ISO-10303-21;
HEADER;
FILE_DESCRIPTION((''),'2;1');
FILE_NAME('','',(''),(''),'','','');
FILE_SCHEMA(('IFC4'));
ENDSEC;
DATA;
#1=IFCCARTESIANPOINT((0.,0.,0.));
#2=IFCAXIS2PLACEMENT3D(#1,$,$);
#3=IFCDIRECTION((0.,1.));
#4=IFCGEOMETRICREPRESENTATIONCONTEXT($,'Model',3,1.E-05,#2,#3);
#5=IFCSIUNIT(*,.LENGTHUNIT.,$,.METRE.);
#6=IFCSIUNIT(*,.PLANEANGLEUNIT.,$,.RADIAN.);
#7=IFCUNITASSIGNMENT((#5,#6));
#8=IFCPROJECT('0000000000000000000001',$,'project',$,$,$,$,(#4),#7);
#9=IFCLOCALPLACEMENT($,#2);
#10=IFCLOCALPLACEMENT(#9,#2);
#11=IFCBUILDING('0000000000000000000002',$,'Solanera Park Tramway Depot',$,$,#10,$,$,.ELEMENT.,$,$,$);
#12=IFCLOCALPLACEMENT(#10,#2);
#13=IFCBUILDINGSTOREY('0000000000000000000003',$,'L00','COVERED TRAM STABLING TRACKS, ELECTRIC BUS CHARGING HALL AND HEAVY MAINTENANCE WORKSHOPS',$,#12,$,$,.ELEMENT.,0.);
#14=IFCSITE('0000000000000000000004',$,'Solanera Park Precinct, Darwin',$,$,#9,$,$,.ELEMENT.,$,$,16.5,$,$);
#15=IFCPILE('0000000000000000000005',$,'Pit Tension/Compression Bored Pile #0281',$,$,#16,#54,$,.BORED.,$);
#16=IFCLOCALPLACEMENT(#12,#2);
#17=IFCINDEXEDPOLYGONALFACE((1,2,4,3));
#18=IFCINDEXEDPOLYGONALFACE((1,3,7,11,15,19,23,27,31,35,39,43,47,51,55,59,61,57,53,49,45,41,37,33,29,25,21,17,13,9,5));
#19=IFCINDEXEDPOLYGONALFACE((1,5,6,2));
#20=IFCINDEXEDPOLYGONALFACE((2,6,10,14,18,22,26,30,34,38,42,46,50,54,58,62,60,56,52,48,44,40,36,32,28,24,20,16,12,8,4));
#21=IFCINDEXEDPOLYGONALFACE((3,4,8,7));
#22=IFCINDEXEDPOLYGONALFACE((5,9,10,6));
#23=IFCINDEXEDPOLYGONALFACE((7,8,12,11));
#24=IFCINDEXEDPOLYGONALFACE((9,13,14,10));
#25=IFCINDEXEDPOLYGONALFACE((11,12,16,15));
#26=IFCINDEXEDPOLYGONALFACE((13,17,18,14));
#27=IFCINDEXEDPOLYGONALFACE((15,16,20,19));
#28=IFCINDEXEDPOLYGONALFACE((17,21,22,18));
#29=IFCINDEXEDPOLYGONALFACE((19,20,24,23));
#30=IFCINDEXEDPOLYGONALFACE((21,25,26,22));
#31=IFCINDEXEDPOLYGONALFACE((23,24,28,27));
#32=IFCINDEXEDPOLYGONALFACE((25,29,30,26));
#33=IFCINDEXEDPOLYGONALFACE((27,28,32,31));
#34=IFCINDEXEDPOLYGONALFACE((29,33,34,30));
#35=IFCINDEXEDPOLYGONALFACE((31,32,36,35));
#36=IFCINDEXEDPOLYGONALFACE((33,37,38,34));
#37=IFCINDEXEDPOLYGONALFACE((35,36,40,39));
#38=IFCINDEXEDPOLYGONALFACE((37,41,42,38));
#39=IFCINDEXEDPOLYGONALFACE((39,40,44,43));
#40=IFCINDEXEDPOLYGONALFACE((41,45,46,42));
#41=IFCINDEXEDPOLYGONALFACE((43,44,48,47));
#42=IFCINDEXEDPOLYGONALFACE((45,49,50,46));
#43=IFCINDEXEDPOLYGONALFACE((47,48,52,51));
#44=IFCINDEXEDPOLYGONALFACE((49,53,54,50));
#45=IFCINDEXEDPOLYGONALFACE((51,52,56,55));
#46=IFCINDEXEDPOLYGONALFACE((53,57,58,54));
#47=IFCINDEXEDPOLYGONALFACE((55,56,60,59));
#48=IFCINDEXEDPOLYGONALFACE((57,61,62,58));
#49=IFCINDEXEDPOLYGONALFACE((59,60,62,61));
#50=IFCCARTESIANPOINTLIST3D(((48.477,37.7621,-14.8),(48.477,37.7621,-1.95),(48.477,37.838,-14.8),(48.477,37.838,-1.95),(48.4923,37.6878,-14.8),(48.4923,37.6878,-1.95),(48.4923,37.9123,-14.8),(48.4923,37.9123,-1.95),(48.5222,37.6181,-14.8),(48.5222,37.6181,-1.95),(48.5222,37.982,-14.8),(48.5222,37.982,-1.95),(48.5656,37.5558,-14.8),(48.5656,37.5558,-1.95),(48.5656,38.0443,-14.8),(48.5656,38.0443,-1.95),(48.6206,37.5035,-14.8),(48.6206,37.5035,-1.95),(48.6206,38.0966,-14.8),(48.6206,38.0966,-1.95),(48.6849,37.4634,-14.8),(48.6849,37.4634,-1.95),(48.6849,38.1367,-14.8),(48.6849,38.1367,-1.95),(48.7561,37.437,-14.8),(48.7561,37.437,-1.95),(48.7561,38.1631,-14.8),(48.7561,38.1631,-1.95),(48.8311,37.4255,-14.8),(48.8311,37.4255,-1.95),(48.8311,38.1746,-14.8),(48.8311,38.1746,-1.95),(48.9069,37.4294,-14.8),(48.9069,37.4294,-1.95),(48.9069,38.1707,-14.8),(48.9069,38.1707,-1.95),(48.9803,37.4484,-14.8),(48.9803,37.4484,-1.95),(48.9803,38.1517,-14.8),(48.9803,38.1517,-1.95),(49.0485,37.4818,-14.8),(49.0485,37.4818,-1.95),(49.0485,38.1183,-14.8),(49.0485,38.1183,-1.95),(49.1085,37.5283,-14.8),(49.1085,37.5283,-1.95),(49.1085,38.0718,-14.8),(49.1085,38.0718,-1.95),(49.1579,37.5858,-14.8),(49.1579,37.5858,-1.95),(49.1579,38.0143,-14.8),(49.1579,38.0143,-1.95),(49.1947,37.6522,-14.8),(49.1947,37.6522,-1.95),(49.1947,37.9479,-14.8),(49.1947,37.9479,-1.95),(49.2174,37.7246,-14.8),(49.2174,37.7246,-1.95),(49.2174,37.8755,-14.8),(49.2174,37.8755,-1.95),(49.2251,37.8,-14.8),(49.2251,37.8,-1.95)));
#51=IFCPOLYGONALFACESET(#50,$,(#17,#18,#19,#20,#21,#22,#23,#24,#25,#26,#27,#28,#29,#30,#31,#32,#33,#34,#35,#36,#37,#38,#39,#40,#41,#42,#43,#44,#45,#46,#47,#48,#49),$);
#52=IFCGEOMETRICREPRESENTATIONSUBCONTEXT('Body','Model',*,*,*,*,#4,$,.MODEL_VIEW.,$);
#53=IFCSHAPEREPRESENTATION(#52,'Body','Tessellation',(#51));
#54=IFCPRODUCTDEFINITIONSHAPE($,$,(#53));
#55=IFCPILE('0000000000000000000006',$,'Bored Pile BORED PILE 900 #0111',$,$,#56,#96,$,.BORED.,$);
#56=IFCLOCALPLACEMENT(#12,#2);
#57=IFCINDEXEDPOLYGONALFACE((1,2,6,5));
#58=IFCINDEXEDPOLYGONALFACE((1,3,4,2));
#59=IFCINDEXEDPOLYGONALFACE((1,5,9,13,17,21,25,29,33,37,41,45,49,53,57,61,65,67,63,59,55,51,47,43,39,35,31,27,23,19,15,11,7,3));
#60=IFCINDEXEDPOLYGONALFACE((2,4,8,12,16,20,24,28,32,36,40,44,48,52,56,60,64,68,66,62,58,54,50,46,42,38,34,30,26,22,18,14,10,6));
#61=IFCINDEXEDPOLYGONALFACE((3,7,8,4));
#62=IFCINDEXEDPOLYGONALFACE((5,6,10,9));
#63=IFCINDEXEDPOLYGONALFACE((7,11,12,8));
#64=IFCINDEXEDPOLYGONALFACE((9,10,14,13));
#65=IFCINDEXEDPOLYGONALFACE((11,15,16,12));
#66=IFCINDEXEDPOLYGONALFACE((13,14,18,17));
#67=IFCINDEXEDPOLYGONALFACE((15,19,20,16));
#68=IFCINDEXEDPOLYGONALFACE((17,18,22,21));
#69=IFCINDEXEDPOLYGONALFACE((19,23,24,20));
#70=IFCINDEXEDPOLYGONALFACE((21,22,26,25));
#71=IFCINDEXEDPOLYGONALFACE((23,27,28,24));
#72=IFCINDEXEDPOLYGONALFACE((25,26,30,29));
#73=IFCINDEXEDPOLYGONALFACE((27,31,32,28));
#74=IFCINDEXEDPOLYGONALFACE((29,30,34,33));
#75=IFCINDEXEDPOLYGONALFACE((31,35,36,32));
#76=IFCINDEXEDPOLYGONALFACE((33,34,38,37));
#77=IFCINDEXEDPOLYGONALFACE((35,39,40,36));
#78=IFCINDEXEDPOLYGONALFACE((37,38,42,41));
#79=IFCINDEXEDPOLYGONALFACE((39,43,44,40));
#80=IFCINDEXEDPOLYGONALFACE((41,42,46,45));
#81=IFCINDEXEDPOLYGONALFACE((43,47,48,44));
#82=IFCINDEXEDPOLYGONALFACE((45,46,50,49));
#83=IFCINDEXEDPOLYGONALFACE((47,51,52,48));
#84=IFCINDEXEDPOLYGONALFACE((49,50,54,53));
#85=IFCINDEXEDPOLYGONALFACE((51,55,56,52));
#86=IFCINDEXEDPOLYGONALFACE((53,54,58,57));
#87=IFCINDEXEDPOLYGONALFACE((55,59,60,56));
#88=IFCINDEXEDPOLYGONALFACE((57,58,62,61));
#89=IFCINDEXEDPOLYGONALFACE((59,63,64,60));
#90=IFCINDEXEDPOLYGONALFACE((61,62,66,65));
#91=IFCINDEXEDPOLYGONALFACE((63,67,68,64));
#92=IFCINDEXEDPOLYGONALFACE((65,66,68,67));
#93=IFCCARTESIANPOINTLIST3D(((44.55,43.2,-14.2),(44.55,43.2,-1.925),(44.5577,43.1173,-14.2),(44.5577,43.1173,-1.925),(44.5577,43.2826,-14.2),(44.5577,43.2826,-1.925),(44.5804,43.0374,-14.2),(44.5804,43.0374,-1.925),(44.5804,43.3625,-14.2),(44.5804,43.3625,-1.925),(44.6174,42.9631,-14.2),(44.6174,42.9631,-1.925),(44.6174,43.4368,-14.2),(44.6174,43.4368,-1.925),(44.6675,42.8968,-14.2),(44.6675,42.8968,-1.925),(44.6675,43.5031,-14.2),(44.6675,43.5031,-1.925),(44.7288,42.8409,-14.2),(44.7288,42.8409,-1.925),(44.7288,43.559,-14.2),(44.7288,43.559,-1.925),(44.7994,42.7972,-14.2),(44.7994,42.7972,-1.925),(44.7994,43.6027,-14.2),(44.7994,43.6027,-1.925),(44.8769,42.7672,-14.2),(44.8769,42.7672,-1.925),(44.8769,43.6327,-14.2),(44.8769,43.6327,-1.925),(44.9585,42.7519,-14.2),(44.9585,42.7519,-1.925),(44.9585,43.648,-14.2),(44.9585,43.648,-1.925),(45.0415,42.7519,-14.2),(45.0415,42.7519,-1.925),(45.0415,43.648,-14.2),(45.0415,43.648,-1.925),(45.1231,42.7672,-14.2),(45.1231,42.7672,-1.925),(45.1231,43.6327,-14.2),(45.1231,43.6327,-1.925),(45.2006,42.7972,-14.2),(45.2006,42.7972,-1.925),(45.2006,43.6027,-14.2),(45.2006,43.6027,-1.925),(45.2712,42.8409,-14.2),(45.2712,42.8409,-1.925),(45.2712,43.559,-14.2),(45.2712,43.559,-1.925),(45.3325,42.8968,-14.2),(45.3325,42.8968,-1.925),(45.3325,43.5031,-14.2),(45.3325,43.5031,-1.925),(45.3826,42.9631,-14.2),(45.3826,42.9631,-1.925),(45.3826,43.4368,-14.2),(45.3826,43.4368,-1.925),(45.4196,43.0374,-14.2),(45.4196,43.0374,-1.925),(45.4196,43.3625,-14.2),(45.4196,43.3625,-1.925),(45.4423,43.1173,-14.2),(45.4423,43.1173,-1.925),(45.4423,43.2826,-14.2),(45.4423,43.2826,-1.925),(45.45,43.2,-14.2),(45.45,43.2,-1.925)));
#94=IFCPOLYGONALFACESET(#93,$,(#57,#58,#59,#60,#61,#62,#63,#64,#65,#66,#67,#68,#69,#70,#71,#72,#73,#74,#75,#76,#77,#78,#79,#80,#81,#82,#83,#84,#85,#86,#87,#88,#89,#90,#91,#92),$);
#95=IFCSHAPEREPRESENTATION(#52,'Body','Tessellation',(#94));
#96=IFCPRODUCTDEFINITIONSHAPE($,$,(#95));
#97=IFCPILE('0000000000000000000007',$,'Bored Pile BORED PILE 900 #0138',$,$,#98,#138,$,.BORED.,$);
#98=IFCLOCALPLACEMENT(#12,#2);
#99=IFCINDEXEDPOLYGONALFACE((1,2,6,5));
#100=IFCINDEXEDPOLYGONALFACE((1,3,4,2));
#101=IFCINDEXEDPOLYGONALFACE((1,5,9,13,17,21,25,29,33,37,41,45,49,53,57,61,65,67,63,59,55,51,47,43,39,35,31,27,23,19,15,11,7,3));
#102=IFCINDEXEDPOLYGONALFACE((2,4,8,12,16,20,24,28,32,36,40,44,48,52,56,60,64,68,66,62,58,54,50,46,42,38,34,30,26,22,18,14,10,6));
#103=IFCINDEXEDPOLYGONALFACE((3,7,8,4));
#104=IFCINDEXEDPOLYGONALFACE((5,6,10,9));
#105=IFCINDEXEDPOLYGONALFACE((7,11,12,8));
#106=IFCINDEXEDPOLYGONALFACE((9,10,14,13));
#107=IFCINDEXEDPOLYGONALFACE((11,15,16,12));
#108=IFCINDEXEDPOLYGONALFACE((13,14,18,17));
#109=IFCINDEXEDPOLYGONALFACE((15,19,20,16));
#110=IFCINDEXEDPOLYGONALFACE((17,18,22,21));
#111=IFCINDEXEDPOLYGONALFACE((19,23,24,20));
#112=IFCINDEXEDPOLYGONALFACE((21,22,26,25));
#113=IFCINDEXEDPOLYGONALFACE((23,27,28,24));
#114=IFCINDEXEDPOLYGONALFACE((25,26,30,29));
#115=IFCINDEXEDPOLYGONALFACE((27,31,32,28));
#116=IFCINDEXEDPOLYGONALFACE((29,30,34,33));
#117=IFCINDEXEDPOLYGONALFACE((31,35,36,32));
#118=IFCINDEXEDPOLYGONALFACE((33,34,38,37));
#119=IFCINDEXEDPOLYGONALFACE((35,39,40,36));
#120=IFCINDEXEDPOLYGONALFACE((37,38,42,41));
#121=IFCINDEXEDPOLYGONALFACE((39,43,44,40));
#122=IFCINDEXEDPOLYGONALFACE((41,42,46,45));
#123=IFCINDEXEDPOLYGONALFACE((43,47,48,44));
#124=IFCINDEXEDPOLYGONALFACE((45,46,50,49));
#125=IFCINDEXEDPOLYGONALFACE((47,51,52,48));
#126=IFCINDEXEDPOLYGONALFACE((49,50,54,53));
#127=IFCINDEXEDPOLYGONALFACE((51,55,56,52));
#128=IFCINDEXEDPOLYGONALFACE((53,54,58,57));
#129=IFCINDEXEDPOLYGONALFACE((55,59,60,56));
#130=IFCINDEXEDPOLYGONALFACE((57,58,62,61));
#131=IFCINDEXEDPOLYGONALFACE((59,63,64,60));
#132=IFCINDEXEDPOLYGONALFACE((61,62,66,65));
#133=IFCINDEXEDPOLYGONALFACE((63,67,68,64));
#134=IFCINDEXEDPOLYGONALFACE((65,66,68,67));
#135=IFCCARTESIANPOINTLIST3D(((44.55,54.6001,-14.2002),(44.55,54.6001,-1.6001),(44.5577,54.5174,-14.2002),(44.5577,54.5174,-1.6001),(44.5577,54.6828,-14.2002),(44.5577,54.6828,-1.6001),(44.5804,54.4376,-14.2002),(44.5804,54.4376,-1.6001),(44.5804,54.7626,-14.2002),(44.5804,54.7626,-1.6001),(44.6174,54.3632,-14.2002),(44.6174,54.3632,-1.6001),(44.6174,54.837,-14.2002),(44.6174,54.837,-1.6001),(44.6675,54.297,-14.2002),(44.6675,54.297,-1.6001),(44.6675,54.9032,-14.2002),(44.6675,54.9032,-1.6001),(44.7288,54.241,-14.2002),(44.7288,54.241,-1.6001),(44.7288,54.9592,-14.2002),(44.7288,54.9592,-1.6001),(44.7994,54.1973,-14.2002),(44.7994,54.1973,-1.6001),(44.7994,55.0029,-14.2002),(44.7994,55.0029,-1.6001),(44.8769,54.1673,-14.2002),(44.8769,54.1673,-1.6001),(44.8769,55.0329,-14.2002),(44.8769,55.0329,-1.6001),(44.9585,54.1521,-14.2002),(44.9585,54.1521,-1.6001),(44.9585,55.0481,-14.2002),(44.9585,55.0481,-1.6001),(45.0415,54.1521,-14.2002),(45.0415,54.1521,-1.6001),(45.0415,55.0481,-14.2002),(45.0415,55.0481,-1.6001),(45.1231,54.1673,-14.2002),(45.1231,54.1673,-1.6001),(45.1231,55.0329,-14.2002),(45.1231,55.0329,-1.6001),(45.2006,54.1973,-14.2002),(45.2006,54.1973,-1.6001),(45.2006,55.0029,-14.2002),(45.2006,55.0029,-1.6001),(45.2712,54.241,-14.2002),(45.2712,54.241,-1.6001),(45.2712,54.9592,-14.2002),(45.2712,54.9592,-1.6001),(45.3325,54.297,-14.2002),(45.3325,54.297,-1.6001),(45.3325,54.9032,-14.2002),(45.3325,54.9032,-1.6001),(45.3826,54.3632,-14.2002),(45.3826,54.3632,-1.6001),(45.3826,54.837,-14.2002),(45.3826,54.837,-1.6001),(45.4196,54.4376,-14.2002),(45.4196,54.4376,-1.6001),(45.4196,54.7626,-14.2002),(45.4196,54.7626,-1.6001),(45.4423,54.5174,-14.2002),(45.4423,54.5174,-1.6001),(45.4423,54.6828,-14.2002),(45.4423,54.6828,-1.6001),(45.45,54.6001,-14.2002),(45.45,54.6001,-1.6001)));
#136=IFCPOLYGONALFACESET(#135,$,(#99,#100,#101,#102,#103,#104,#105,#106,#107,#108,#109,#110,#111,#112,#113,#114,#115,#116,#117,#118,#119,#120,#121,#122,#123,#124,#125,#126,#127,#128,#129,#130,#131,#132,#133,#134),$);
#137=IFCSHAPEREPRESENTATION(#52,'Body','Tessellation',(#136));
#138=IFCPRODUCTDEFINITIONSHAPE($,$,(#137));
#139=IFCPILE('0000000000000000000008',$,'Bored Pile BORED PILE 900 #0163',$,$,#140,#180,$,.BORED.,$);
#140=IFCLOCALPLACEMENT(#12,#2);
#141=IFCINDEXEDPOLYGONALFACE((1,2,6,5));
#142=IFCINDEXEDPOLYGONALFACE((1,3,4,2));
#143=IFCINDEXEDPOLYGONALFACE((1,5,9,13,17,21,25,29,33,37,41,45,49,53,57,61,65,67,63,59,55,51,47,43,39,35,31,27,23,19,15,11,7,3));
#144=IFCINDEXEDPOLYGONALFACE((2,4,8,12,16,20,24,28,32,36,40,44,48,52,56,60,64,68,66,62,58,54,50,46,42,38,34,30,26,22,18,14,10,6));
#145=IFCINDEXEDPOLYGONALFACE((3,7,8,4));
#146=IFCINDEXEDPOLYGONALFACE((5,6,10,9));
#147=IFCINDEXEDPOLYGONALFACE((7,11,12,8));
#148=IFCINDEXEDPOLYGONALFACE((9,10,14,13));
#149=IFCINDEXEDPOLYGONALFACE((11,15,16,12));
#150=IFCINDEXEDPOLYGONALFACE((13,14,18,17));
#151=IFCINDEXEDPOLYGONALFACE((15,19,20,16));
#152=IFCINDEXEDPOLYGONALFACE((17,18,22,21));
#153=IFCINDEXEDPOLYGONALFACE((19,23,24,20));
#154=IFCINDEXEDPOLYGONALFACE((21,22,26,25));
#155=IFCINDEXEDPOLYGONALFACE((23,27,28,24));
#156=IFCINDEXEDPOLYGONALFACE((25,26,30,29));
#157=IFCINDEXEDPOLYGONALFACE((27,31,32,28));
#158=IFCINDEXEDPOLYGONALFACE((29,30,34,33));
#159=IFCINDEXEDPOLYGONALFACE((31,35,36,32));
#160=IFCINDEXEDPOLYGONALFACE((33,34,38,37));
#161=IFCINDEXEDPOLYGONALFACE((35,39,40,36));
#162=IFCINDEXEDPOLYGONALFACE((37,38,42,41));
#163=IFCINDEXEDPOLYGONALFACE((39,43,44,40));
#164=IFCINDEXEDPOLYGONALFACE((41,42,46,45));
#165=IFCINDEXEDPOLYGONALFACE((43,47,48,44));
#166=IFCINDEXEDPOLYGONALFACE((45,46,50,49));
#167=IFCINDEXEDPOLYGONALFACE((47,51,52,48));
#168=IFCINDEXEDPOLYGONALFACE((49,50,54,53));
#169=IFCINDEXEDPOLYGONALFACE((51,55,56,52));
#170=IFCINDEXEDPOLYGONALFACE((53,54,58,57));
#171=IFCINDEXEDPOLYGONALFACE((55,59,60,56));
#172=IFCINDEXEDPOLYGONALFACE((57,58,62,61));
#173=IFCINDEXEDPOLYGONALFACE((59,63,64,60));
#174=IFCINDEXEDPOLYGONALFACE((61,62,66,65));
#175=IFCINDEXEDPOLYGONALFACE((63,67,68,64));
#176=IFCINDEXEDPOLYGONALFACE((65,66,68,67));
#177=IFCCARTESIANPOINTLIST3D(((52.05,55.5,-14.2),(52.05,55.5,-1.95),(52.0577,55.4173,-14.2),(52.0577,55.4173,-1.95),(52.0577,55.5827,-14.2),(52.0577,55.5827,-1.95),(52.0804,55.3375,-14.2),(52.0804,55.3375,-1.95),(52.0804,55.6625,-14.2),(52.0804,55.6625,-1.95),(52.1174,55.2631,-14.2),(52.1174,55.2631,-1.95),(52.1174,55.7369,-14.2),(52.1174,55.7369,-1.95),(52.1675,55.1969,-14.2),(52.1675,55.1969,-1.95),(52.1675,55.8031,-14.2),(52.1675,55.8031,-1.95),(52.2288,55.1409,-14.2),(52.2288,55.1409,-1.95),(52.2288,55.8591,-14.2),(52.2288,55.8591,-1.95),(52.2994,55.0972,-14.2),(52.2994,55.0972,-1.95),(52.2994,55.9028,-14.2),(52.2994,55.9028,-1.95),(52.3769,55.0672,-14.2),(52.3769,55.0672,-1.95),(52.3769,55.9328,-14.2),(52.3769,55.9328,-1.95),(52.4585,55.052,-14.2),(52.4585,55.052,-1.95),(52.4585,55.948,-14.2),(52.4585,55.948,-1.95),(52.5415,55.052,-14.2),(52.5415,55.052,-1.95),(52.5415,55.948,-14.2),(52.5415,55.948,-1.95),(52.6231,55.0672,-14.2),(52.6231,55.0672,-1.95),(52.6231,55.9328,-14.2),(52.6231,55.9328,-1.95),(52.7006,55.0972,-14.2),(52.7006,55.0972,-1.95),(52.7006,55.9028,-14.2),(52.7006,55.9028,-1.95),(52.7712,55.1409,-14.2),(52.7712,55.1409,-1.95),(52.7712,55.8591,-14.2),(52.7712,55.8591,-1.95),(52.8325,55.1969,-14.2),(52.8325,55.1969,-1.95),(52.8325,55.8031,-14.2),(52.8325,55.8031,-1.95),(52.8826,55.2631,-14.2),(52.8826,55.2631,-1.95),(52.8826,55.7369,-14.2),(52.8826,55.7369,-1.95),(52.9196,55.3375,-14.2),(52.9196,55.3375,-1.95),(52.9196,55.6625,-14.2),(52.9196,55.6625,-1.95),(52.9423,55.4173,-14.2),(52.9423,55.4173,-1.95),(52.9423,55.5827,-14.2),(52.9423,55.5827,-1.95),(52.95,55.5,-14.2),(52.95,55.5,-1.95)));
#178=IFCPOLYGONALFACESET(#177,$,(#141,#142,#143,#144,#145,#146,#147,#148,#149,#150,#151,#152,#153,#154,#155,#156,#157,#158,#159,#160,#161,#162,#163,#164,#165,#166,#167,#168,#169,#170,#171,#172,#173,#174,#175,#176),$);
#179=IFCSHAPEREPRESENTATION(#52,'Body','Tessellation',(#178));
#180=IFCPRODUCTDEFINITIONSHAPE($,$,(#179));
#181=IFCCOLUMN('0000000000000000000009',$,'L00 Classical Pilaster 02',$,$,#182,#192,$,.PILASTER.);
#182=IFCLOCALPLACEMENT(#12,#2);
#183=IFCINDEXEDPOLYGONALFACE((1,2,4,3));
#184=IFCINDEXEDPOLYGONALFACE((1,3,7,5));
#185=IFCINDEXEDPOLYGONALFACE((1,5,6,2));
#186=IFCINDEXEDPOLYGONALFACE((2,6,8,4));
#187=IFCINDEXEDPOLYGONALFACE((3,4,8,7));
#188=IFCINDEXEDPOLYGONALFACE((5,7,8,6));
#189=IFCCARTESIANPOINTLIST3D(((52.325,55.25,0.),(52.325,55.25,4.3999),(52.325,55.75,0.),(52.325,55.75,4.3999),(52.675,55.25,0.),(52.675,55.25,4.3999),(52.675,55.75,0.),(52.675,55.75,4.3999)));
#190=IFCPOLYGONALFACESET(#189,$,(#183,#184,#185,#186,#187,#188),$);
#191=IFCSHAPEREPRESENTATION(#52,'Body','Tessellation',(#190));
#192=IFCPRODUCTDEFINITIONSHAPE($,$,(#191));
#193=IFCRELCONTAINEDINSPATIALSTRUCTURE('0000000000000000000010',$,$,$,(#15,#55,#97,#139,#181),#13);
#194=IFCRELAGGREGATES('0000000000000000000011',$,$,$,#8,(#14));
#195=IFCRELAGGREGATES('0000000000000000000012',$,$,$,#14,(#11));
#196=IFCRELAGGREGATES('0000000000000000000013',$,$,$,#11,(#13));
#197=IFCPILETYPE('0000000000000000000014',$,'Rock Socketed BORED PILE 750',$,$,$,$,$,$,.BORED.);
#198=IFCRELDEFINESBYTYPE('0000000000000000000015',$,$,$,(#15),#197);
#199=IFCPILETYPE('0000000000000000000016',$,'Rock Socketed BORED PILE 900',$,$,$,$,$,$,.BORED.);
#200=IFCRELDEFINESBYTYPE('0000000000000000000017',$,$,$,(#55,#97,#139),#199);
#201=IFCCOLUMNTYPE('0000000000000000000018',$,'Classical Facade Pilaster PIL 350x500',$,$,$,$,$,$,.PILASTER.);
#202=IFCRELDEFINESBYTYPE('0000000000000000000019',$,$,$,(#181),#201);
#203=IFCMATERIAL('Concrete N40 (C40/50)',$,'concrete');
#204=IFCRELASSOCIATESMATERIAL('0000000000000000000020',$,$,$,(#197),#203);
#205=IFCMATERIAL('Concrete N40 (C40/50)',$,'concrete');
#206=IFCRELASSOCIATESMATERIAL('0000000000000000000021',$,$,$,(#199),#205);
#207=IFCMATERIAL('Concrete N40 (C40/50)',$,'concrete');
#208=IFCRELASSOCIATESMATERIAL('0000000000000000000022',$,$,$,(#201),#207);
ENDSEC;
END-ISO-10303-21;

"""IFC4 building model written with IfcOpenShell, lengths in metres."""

from ifc_helpers import new_model, si_unit, direction, frame, origin, origin_2d, place, context, subcontext, project, spatial, rectangle, circle, extrude, material, material_profile, profile_set, type_object, element, save


model = new_model("IFC4")

# Units and contexts
model_context = context("Model", 3, precision=1e-05, world=origin(), true_north=direction((0.0, 1.0)))
body_context = subcontext(model_context, "Body", "Model", "MODEL_VIEW")
ifc_project = project(units=[si_unit("LENGTHUNIT", "METRE"), si_unit("PLANEANGLEUNIT", "RADIAN")], contexts=[model_context])

# Site, building, storey
site_placement = place(None, origin())
site = spatial("IfcSite", under=ifc_project, at=site_placement, Name="Solanera Park Precinct, Darwin", CompositionType="ELEMENT", RefElevation=16.5)
building_placement = place(site_placement, origin())
building = spatial("IfcBuilding", under=site, at=building_placement, Name="Solanera Park Tramway Depot", CompositionType="ELEMENT")
storey_placement = place(building_placement, origin())
storey = spatial("IfcBuildingStorey", under=building, at=storey_placement, Name="L00", Description="COVERED TRAM STABLING TRACKS, ELECTRIC BUS CHARGING HALL AND HEAVY MAINTENANCE WORKSHOPS", CompositionType="ELEMENT", Elevation=0.0)

# Piles
ifc_material_1 = material(Name="Concrete N40 (C40/50)", Category="concrete")
ifc_material_profile_1 = material_profile(ifc_material_1, circle(Radius=0.375, at=origin_2d()), Name="BORED PILE 750")
ifc_profile_set_1 = profile_set([ifc_material_profile_1], Name="Concrete N40 (C40/50)")
pile_type_1 = type_object("IfcPileType", Name="Rock Socketed BORED PILE 750", PredefinedType="BORED", material=ifc_profile_set_1)
for number, where, z_axis, x_axis, name in (
    (1, (48.8501, 37.8, -1.95), (0.0, 0.0, -1.0), (1.0, 0.0, 0.0), "Pit Tension/Compression Bored Pile #0281"),
):
    element("IfcPile", number, at=place(storey_placement, frame(where, z_axis=z_axis, x_axis=x_axis)), inside=storey, type_object=pile_type_1, Name=name, PredefinedType="BORED", context=body_context, shape_type="SweptSolid", body=[
        extrude(circle(Radius=0.375, at=origin_2d()), origin(), (0.0, 0.0, 1.0), 12.8501),
    ])
ifc_material_2 = material(Name="Concrete N40 (C40/50)", Category="concrete")
ifc_material_profile_2 = material_profile(ifc_material_2, circle(Radius=0.45, at=origin_2d()), Name="BORED PILE 900")
ifc_profile_set_2 = profile_set([ifc_material_profile_2], Name="Concrete N40 (C40/50)")
pile_type_2 = type_object("IfcPileType", Name="Rock Socketed BORED PILE 900", PredefinedType="BORED", material=ifc_profile_set_2)
pile_1_placement = place(storey_placement, frame((45.0, 43.2, -1.925), z_axis=(0.0, 0.0, -1.0), x_axis=(1.0, 0.0, 0.0)))
element("IfcPile", 2, at=pile_1_placement, inside=storey, type_object=pile_type_2, Name="Bored Pile BORED PILE 900 #0111", PredefinedType="BORED", context=body_context, shape_type="SweptSolid", body=[
    extrude(circle(Radius=0.45, at=origin_2d()), origin(), (0.0, 0.0, 1.0), 12.2749),
])
pile_2_placement = place(storey_placement, frame((45.0, 54.6001, -1.6001), z_axis=(0.0, 0.0, -1.0), x_axis=(1.0, 0.0, 0.0)))
element("IfcPile", 3, at=pile_2_placement, inside=storey, type_object=pile_type_2, Name="Bored Pile BORED PILE 900 #0138", PredefinedType="BORED", context=body_context, shape_type="SweptSolid", body=[
    extrude(circle(Radius=0.45, at=origin_2d()), origin(), (0.0, 0.0, 1.0), 12.6001),
])
pile_3_placement = place(storey_placement, frame((52.5, 55.5, -1.95), z_axis=(0.0, 0.0, -1.0), x_axis=(1.0, 0.0, 0.0)))
element("IfcPile", 4, at=pile_3_placement, inside=storey, type_object=pile_type_2, Name="Bored Pile BORED PILE 900 #0163", PredefinedType="BORED", context=body_context, shape_type="SweptSolid", body=[
    extrude(circle(Radius=0.45, at=origin_2d()), origin(), (0.0, 0.0, 1.0), 12.25),
])

# Column
ifc_material_3 = material(Name="Concrete N40 (C40/50)", Category="concrete")
ifc_material_profile_3 = material_profile(ifc_material_3, rectangle(XDim=0.3501, YDim=0.5, at=origin_2d()), Name="PIL 350x500")
ifc_profile_set_3 = profile_set([ifc_material_profile_3], Name="Concrete N40 (C40/50)")
column_type_1 = type_object("IfcColumnType", Name="Classical Facade Pilaster PIL 350x500", PredefinedType="PILASTER", material=ifc_profile_set_3)
column_1_placement = place(storey_placement, frame((52.5, 55.5, 0.0), z_axis=(0.0, 0.0, 1.0), x_axis=(1.0, 0.0, 0.0)))
element("IfcColumn", 5, at=column_1_placement, inside=storey, type_object=column_type_1, Name="L00 Classical Pilaster 02", PredefinedType="PILASTER", context=body_context, shape_type="SweptSolid", body=[
    extrude(rectangle(XDim=0.3501, YDim=0.5, at=origin_2d()), origin(), (0.0, 0.0, 1.0), 4.3999),
])

save(model, "model.ifc")
